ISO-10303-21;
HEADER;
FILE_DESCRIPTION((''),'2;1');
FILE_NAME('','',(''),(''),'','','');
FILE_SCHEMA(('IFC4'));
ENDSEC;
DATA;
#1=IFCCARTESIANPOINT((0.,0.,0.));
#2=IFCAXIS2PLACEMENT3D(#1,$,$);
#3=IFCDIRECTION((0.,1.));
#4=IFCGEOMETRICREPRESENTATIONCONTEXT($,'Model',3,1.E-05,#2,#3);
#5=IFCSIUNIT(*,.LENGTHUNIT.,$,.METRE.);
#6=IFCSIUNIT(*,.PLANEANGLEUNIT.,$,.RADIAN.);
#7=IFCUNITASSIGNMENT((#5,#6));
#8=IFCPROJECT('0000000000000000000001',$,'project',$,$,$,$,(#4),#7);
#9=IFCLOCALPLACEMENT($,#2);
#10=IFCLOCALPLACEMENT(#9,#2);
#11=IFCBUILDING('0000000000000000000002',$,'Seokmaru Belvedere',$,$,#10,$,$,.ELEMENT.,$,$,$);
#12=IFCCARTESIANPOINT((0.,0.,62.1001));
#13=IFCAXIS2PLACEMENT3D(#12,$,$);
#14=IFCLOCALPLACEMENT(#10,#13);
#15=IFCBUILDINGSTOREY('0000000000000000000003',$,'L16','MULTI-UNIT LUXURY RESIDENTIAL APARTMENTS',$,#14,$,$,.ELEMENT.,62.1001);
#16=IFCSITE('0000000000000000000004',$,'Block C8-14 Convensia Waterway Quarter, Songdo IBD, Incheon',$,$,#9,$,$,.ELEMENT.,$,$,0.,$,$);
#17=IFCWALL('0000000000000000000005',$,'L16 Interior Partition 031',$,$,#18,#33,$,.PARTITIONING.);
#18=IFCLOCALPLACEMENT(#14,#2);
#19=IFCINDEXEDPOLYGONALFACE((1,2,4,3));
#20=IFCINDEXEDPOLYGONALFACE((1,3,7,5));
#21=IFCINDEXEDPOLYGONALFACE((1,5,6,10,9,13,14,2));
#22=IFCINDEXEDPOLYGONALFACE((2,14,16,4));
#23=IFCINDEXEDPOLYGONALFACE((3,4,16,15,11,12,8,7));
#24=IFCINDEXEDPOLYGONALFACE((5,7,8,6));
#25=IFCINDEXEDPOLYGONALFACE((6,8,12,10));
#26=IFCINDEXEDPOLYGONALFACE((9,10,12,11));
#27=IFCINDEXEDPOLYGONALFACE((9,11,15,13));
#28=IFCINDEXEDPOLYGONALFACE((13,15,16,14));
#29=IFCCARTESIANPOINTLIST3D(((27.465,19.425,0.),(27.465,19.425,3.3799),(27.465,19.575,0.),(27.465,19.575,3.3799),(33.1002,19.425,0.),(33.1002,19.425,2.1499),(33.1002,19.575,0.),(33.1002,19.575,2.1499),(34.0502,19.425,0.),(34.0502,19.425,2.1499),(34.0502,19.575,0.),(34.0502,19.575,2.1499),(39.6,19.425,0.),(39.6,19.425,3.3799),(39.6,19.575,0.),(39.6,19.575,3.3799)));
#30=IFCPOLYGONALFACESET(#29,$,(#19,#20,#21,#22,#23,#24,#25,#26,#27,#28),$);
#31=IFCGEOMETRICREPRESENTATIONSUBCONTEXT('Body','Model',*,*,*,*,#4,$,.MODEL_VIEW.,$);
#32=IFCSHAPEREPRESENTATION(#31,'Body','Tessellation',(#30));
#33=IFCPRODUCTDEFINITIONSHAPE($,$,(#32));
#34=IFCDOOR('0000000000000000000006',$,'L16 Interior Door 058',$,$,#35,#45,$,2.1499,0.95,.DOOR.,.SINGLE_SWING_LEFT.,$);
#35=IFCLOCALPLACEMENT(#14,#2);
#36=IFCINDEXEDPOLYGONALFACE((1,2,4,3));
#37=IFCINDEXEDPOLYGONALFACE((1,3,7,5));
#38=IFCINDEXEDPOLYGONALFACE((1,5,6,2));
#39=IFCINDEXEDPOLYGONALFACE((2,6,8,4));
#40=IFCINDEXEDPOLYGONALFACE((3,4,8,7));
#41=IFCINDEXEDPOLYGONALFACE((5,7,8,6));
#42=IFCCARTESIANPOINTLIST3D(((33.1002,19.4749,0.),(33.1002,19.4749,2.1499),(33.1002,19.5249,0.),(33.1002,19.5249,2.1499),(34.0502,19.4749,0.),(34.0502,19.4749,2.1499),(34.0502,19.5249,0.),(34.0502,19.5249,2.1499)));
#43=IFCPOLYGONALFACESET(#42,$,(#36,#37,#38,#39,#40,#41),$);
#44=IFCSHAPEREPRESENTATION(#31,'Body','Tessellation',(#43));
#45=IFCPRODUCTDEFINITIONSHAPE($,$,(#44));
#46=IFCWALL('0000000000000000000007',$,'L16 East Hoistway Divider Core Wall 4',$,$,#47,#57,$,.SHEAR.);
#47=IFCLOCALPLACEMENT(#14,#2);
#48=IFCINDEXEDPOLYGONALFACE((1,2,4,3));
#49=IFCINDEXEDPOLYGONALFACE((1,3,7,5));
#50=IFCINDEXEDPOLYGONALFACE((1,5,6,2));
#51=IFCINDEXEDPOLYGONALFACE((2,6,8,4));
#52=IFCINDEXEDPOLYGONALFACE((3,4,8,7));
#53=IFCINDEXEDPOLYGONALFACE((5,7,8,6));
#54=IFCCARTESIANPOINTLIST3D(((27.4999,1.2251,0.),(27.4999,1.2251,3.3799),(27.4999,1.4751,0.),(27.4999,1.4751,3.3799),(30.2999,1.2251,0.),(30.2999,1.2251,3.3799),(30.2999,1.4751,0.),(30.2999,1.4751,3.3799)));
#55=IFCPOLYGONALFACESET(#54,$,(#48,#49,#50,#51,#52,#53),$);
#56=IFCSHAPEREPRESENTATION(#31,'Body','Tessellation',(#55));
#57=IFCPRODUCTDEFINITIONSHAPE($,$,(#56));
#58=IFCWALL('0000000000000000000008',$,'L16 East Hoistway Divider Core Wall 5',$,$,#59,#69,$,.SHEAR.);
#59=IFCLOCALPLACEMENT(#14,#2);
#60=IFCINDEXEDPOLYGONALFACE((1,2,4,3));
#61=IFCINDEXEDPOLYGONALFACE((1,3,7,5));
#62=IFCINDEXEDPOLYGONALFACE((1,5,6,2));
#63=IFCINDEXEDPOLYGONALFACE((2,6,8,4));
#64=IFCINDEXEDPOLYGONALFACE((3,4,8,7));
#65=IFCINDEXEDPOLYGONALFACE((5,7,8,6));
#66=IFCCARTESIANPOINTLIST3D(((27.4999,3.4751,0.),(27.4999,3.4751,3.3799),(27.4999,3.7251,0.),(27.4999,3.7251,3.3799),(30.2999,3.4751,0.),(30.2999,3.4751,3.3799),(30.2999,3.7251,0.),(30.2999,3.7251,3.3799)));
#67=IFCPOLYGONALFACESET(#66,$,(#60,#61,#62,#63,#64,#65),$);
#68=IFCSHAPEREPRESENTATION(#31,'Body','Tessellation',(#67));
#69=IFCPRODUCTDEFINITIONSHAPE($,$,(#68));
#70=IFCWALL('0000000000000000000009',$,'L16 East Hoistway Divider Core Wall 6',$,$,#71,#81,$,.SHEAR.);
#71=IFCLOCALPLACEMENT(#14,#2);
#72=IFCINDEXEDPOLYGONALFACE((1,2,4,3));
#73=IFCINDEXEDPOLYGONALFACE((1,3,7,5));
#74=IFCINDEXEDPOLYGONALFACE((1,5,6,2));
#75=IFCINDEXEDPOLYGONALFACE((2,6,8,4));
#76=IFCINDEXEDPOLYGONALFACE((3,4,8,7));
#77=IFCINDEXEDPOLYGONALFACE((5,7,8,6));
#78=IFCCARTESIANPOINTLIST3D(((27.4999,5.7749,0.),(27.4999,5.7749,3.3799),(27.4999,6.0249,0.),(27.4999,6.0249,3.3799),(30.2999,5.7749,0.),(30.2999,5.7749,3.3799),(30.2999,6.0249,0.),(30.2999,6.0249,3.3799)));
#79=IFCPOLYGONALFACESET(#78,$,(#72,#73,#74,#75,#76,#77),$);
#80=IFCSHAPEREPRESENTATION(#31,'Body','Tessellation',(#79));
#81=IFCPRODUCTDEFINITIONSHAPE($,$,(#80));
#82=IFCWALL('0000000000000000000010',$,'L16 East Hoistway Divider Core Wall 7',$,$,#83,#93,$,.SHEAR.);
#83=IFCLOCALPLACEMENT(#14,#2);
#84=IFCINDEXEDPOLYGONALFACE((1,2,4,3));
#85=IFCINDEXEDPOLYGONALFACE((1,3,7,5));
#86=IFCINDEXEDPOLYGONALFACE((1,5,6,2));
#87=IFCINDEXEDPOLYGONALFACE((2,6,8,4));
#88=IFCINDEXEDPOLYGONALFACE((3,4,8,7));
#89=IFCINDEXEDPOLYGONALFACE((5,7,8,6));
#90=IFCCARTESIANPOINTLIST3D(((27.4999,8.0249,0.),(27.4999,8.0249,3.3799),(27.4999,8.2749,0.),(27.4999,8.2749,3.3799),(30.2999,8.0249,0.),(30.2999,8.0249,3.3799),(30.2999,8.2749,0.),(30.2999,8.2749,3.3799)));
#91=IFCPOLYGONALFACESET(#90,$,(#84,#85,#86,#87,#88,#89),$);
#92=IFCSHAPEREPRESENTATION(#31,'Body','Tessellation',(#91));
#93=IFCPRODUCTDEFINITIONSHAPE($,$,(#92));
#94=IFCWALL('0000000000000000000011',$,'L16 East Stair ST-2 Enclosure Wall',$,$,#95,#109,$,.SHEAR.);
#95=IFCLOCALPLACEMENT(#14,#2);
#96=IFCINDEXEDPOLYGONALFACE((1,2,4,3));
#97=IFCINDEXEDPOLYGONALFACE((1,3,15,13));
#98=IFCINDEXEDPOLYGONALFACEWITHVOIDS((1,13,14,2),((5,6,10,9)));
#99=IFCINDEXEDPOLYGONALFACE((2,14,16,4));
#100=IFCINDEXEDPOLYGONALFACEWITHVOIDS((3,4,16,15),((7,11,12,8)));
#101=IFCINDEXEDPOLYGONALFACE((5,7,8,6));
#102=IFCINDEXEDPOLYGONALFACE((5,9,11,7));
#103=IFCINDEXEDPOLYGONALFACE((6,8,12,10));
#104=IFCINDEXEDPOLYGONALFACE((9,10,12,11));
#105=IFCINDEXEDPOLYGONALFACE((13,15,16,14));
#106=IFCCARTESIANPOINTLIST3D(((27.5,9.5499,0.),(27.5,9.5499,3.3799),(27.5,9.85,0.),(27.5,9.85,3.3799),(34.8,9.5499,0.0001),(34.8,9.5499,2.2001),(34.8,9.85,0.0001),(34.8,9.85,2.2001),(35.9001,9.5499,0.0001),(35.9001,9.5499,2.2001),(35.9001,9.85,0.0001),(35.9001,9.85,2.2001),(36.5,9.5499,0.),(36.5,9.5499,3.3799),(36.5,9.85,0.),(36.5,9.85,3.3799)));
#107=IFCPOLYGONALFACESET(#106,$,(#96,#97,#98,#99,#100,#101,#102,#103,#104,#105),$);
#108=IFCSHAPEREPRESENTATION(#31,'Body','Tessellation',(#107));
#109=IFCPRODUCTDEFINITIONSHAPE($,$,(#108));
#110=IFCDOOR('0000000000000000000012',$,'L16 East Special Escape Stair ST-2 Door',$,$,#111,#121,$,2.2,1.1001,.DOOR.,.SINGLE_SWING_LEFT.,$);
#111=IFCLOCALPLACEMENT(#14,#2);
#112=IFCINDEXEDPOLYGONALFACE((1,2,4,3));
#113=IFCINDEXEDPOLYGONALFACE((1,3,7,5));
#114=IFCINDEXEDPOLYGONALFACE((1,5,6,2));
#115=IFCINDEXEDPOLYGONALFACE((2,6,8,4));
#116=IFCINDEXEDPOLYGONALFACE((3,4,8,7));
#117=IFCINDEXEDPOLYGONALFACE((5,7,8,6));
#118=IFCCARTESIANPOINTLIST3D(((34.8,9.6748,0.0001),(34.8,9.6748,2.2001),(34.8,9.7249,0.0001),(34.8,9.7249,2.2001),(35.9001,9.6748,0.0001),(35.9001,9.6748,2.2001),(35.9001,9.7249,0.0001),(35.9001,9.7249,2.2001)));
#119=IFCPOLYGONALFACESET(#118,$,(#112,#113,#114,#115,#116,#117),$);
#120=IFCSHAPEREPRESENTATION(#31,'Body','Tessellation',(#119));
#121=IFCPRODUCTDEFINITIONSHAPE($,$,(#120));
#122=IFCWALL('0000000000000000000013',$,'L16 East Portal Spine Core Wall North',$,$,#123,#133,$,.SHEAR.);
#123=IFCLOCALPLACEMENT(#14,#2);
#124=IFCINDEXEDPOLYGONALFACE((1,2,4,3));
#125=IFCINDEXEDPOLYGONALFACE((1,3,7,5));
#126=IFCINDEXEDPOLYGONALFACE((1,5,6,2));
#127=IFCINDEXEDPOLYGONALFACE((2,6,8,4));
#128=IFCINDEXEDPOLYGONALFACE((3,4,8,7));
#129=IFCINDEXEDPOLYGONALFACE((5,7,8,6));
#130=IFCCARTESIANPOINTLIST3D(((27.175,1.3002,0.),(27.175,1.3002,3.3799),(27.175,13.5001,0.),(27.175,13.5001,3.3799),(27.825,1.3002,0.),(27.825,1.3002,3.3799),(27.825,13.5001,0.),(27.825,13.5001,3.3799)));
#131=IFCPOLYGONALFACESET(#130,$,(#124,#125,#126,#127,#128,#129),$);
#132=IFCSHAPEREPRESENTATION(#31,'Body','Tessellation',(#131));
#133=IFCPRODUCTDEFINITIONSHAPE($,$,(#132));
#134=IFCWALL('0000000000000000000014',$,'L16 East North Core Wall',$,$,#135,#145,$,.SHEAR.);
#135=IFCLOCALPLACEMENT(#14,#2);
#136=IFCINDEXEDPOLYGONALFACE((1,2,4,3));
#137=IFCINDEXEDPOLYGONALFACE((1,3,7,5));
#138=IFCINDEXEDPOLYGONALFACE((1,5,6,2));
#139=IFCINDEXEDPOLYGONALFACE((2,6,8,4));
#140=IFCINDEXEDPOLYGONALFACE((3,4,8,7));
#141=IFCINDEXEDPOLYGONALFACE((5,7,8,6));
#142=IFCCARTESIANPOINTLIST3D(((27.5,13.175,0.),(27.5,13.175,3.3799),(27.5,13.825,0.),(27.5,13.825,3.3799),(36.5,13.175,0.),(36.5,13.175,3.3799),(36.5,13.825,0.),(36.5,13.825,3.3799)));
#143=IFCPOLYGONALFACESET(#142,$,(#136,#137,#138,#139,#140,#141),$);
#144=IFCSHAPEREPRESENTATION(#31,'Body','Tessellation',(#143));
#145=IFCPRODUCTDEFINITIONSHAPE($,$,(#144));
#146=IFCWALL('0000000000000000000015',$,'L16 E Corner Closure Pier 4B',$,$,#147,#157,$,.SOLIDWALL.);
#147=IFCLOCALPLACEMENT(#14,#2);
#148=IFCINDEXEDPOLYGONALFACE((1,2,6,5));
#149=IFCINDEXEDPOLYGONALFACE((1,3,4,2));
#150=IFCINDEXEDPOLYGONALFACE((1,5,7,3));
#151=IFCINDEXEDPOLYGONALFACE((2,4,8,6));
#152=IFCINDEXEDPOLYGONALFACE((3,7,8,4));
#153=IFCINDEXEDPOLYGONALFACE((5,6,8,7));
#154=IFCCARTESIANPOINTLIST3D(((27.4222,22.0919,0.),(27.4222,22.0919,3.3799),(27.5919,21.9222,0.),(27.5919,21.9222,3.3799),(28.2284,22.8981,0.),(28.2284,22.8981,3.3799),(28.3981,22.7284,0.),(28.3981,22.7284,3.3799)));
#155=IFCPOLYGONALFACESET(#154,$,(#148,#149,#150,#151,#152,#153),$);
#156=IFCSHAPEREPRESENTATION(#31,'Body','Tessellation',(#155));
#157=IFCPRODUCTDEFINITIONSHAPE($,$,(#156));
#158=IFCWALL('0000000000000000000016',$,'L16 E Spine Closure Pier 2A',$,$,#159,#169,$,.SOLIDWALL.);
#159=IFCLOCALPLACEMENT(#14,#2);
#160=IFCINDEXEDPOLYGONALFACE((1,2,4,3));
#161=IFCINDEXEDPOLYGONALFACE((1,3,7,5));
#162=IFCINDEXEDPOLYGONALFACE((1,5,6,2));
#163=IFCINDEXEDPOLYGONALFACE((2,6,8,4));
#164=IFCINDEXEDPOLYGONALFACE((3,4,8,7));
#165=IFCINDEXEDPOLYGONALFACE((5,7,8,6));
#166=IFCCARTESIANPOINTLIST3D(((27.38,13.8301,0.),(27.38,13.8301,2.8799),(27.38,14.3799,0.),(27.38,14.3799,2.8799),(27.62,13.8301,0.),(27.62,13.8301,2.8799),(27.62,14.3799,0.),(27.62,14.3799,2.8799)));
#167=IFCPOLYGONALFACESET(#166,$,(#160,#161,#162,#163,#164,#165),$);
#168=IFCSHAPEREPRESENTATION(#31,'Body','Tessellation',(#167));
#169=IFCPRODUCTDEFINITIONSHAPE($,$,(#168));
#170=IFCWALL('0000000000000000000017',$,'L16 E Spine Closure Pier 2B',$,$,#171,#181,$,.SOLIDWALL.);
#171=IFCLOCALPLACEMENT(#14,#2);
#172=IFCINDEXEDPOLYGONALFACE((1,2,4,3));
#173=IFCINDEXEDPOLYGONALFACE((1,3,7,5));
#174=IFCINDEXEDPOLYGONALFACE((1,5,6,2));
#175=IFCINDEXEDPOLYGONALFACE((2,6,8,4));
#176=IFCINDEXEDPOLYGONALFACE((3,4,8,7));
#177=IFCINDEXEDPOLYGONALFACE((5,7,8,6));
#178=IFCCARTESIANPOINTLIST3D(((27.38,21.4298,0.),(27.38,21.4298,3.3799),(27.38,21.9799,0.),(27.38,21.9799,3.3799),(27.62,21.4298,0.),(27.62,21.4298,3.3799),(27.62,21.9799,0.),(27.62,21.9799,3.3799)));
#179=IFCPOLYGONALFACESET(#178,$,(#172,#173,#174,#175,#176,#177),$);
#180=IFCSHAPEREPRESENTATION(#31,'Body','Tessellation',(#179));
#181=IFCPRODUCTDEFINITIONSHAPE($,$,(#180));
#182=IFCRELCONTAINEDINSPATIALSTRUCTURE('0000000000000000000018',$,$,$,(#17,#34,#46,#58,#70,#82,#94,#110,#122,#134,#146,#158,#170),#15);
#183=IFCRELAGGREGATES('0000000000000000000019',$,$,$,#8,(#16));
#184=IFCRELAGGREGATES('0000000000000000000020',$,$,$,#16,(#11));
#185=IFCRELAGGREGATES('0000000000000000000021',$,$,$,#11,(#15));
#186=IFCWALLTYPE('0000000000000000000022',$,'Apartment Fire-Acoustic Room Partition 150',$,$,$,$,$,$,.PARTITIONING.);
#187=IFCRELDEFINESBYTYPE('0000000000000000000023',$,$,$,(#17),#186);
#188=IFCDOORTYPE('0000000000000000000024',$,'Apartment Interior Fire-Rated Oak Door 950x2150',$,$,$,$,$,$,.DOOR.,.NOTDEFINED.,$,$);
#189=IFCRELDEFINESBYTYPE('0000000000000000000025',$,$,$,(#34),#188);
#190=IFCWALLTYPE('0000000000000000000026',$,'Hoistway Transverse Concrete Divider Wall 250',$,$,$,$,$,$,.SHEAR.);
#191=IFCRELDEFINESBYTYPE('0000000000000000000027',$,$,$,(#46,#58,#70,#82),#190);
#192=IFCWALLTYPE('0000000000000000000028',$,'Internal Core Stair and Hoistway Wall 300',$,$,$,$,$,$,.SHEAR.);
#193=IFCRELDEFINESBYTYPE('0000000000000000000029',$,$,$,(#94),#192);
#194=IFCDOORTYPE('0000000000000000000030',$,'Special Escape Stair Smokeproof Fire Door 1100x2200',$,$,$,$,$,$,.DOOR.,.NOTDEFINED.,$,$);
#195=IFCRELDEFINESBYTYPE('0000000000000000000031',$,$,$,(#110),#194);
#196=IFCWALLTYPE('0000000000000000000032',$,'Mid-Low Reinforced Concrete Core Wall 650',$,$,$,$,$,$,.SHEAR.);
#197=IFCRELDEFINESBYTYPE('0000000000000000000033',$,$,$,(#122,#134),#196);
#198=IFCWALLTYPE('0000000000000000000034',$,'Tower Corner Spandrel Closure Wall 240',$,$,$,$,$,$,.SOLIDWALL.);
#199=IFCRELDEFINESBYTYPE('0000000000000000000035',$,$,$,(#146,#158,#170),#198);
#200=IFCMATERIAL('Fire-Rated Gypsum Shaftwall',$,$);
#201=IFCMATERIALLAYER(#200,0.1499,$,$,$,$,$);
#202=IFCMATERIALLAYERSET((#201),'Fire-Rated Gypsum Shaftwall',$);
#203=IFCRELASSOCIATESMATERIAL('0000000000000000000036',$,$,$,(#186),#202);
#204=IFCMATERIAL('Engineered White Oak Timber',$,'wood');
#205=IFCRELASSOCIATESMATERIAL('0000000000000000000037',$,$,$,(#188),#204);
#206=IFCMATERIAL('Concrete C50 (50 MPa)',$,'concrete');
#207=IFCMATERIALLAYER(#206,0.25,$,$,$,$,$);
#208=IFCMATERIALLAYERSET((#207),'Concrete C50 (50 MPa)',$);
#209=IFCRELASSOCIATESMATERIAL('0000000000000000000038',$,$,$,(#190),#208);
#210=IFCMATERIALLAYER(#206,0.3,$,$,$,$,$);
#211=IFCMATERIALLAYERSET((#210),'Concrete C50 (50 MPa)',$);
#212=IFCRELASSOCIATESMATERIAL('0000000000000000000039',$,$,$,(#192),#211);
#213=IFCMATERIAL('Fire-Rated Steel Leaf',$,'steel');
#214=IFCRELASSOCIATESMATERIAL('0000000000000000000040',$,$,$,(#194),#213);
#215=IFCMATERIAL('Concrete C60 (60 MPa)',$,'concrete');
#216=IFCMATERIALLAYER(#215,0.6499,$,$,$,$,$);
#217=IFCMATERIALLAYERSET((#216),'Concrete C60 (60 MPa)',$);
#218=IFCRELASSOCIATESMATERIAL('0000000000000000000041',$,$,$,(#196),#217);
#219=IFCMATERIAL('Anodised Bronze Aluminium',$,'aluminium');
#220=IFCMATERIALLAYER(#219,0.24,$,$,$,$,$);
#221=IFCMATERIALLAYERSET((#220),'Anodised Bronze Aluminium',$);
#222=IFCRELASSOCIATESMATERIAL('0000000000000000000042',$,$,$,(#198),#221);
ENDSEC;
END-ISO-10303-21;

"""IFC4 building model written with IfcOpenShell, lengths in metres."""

from ifc_helpers import new_model, si_unit, direction, frame, frame_2d, origin, place, context, subcontext, project, spatial, rectangle, extrude, source, transform, mapped, material, layer, layer_set, type_object, type_shapes, element, fill, save


model = new_model("IFC4")

# Units and contexts
model_context = context("Model", 3, precision=1e-05, world=origin(), true_north=direction((0.0, 1.0)))
body_context = subcontext(model_context, "Body", "Model", "MODEL_VIEW")
ifc_project = project(units=[si_unit("LENGTHUNIT", "METRE"), si_unit("PLANEANGLEUNIT", "RADIAN")], contexts=[model_context])

# Site, building, storey
site_placement = place(None, origin())
site = spatial("IfcSite", under=ifc_project, at=site_placement, Name="Block C8-14 Convensia Waterway Quarter, Songdo IBD, Incheon", CompositionType="ELEMENT", RefElevation=0.0)
building_placement = place(site_placement, origin())
building = spatial("IfcBuilding", under=site, at=building_placement, Name="Seokmaru Belvedere", CompositionType="ELEMENT")
storey_placement = place(building_placement, frame((0.0, 0.0, 62.1001)))
storey = spatial("IfcBuildingStorey", under=building, at=storey_placement, Name="L16", Description="MULTI-UNIT LUXURY RESIDENTIAL APARTMENTS", CompositionType="ELEMENT", Elevation=62.1001)

# Shared definitions
ifc_material_1 = material(Name="Anodised Bronze Aluminium", Category="aluminium")

# Wall, opening, door
ifc_material_2 = material(Name="Fire-Rated Gypsum Shaftwall")
ifc_layer_1 = layer(ifc_material_2, 0.1499)
ifc_layer_set_1 = layer_set([ifc_layer_1], Name="Fire-Rated Gypsum Shaftwall")
wall_type_1 = type_object("IfcWallType", Name="Apartment Fire-Acoustic Room Partition 150", PredefinedType="PARTITIONING", material=ifc_layer_set_1)
wall_1_placement = place(storey_placement, frame((27.4651, 19.5, 0.0), z_axis=(0.0, 0.0, 1.0), x_axis=(1.0, 0.0, 0.0)))
wall_1 = element("IfcWall", 1, at=wall_1_placement, inside=storey, type_object=wall_type_1, Name="L16 Interior Partition 031", PredefinedType="PARTITIONING", context=body_context, shape_type="SweptSolid", body=[
    extrude(rectangle(XDim=12.135, YDim=0.1499, at=frame_2d((6.0674, 0.0))), origin(), (0.0, 0.0, 1.0), 3.3799),
])
opening_1_placement = place(wall_1_placement, frame((5.635, 0.0, 0.0)))
opening_1 = element("IfcOpeningElement", 2, at=opening_1_placement, cuts=wall_1, PredefinedType="OPENING", context=body_context, shape_type="SweptSolid", body=[
    extrude(rectangle(XDim=0.95, YDim=2.1499, at=frame_2d((0.4751, 1.075))), frame((0.0, 0.085, 0.0), z_axis=(0.0, -1.0, 0.0), x_axis=(1.0, 0.0, 0.0)), (0.0, 0.0, 1.0), 0.1699),
])
ifc_material_3 = material(Name="Engineered White Oak Timber", Category="wood")
door_type_1 = type_object("IfcDoorType", Name="Apartment Interior Fire-Rated Oak Door 950x2150", OperationType="NOTDEFINED", PredefinedType="DOOR", material=ifc_material_3)
shared_shape_1 = source(origin(), body_context, "Body", "SweptSolid", [
    extrude(rectangle(XDim=0.95, YDim=2.1499, at=frame_2d((0.4751, 1.075))), frame((0.0, 0.0249, 0.0), z_axis=(0.0, -1.0, 0.0), x_axis=(1.0, 0.0, 0.0)), (0.0, 0.0, 1.0), 0.05),
])
type_shapes(door_type_1, [shared_shape_1])
door_1_placement = place(opening_1_placement, origin())
door_1 = element("IfcDoor", 3, at=door_1_placement, inside=storey, type_object=door_type_1, Name="L16 Interior Door 058", OperationType="SINGLE_SWING_LEFT", OverallHeight=2.1499, OverallWidth=0.95, PredefinedType="DOOR", context=body_context, shape_type="MappedRepresentation", body=[
    mapped(shared_shape_1, transform((0.0, 0.0, 0.0), scale=1.0)),
])
fill(opening_1, door_1)

# Walls
ifc_material_4 = material(Name="Concrete C50 (50 MPa)", Category="concrete")
ifc_layer_2 = layer(ifc_material_4, 0.25)
ifc_layer_set_2 = layer_set([ifc_layer_2], Name="Concrete C50 (50 MPa)")
wall_type_2 = type_object("IfcWallType", Name="Hoistway Transverse Concrete Divider Wall 250", PredefinedType="SHEAR", material=ifc_layer_set_2)
for number, where, z_axis, x_axis, name in (
    (4, (27.5, 1.3501, 0.0), (0.0, 0.0, 1.0), (1.0, 0.0, 0.0), "L16 East Hoistway Divider Core Wall 4"),
    (5, (27.5, 3.6001, 0.0), (0.0, 0.0, 1.0), (1.0, 0.0, 0.0), "L16 East Hoistway Divider Core Wall 5"),
    (6, (27.5, 5.8999, 0.0), (0.0, 0.0, 1.0), (1.0, 0.0, 0.0), "L16 East Hoistway Divider Core Wall 6"),
    (7, (27.5, 8.1499, 0.0), (0.0, 0.0, 1.0), (1.0, 0.0, 0.0), "L16 East Hoistway Divider Core Wall 7"),
):
    element("IfcWall", number, at=place(storey_placement, frame(where, z_axis=z_axis, x_axis=x_axis)), inside=storey, type_object=wall_type_2, Name=name, PredefinedType="SHEAR", context=body_context, shape_type="SweptSolid", body=[
        extrude(rectangle(XDim=2.8, YDim=0.25, at=frame_2d((1.3999, 0.0))), origin(), (0.0, 0.0, 1.0), 3.3799),
    ])

# Wall, opening, door
ifc_layer_3 = layer(ifc_material_4, 0.3)
ifc_layer_set_3 = layer_set([ifc_layer_3], Name="Concrete C50 (50 MPa)")
wall_type_3 = type_object("IfcWallType", Name="Internal Core Stair and Hoistway Wall 300", PredefinedType="SHEAR", material=ifc_layer_set_3)
wall_2_placement = place(storey_placement, frame((27.5, 9.7, 0.0), z_axis=(0.0, 0.0, 1.0), x_axis=(1.0, 0.0, 0.0)))
wall_2 = element("IfcWall", 8, at=wall_2_placement, inside=storey, type_object=wall_type_3, Name="L16 East Stair ST-2 Enclosure Wall", PredefinedType="SHEAR", context=body_context, shape_type="SweptSolid", body=[
    extrude(rectangle(XDim=9.0, YDim=0.3, at=frame_2d((4.5, 0.0))), origin(), (0.0, 0.0, 1.0), 3.3799),
])
opening_2_placement = place(wall_2_placement, frame((7.3, 0.0, 0.0)))
opening_2 = element("IfcOpeningElement", 9, at=opening_2_placement, cuts=wall_2, PredefinedType="OPENING", context=body_context, shape_type="SweptSolid", body=[
    extrude(rectangle(XDim=1.1001, YDim=2.2, at=frame_2d((0.55, 1.1001))), frame((0.0, 0.1602, 0.0), z_axis=(0.0, -1.0, 0.0), x_axis=(1.0, 0.0, 0.0)), (0.0, 0.0, 1.0), 0.3201),
])
ifc_material_5 = material(Name="Fire-Rated Steel Leaf", Category="steel")
door_type_2 = type_object("IfcDoorType", Name="Special Escape Stair Smokeproof Fire Door 1100x2200", OperationType="NOTDEFINED", PredefinedType="DOOR", material=ifc_material_5)
shared_shape_2 = source(origin(), body_context, "Body", "SweptSolid", [
    extrude(rectangle(XDim=1.1001, YDim=2.2, at=frame_2d((0.55, 1.1001))), frame((0.0, 0.0249, 0.0), z_axis=(0.0, -1.0, 0.0), x_axis=(1.0, 0.0, 0.0)), (0.0, 0.0, 1.0), 0.05),
])
type_shapes(door_type_2, [shared_shape_2])
door_2_placement = place(opening_2_placement, origin())
door_2 = element("IfcDoor", 10, at=door_2_placement, inside=storey, type_object=door_type_2, Name="L16 East Special Escape Stair ST-2 Door", OperationType="SINGLE_SWING_LEFT", OverallHeight=2.2, OverallWidth=1.1001, PredefinedType="DOOR", context=body_context, shape_type="MappedRepresentation", body=[
    mapped(shared_shape_2, transform((0.0, 0.0, 0.0), scale=1.0)),
])
fill(opening_2, door_2)

# Walls
ifc_material_6 = material(Name="Concrete C60 (60 MPa)", Category="concrete")
ifc_layer_4 = layer(ifc_material_6, 0.6499)
ifc_layer_set_4 = layer_set([ifc_layer_4], Name="Concrete C60 (60 MPa)")
wall_type_4 = type_object("IfcWallType", Name="Mid-Low Reinforced Concrete Core Wall 650", PredefinedType="SHEAR", material=ifc_layer_set_4)
wall_3_placement = place(storey_placement, frame((27.5, 1.3, 0.0), z_axis=(0.0, 0.0, 1.0), x_axis=(0.0, 1.0, 0.0)))
element("IfcWall", 11, at=wall_3_placement, inside=storey, type_object=wall_type_4, Name="L16 East Portal Spine Core Wall North", PredefinedType="SHEAR", context=body_context, shape_type="SweptSolid", body=[
    extrude(rectangle(XDim=12.2, YDim=0.6499, at=frame_2d((6.1001, 0.0))), origin(), (0.0, 0.0, 1.0), 3.3799),
])
wall_4_placement = place(storey_placement, frame((27.5, 13.5, 0.0), z_axis=(0.0, 0.0, 1.0), x_axis=(1.0, 0.0, 0.0)))
element("IfcWall", 12, at=wall_4_placement, inside=storey, type_object=wall_type_4, Name="L16 East North Core Wall", PredefinedType="SHEAR", context=body_context, shape_type="SweptSolid", body=[
    extrude(rectangle(XDim=9.0, YDim=0.6499, at=frame_2d((4.5, 0.0))), origin(), (0.0, 0.0, 1.0), 3.3799),
])
ifc_layer_5 = layer(ifc_material_1, 0.24)
ifc_layer_set_5 = layer_set([ifc_layer_5], Name="Anodised Bronze Aluminium")
wall_type_5 = type_object("IfcWallType", Name="Tower Corner Spandrel Closure Wall 240", PredefinedType="SOLIDWALL", material=ifc_layer_set_5)
wall_5_placement = place(storey_placement, frame((28.3132, 22.8132, 0.0), z_axis=(0.0, 0.0, 1.0), x_axis=(-0.707107, -0.707107, 0.0)))
element("IfcWall", 13, at=wall_5_placement, inside=storey, type_object=wall_type_5, Name="L16 E Corner Closure Pier 4B", PredefinedType="SOLIDWALL", context=body_context, shape_type="SweptSolid", body=[
    extrude(rectangle(XDim=1.1401, YDim=0.24, at=frame_2d((0.5701, 0.0))), origin(), (0.0, 0.0, 1.0), 3.3799),
])
wall_6_placement = place(storey_placement, frame((27.5, 13.8301, 0.0), z_axis=(0.0, 0.0, 1.0), x_axis=(0.0, 1.0, 0.0)))
element("IfcWall", 14, at=wall_6_placement, inside=storey, type_object=wall_type_5, Name="L16 E Spine Closure Pier 2A", PredefinedType="SOLIDWALL", context=body_context, shape_type="SweptSolid", body=[
    extrude(rectangle(XDim=0.5498, YDim=0.24, at=frame_2d((0.2749, 0.0))), origin(), (0.0, 0.0, 1.0), 2.8799),
])
wall_7_placement = place(storey_placement, frame((27.5, 21.4299, 0.0), z_axis=(0.0, 0.0, 1.0), x_axis=(0.0, 1.0, 0.0)))
element("IfcWall", 15, at=wall_7_placement, inside=storey, type_object=wall_type_5, Name="L16 E Spine Closure Pier 2B", PredefinedType="SOLIDWALL", context=body_context, shape_type="SweptSolid", body=[
    extrude(rectangle(XDim=0.55, YDim=0.24, at=frame_2d((0.2749, 0.0))), origin(), (0.0, 0.0, 1.0), 3.3799),
])

save(model, "model.ifc")
